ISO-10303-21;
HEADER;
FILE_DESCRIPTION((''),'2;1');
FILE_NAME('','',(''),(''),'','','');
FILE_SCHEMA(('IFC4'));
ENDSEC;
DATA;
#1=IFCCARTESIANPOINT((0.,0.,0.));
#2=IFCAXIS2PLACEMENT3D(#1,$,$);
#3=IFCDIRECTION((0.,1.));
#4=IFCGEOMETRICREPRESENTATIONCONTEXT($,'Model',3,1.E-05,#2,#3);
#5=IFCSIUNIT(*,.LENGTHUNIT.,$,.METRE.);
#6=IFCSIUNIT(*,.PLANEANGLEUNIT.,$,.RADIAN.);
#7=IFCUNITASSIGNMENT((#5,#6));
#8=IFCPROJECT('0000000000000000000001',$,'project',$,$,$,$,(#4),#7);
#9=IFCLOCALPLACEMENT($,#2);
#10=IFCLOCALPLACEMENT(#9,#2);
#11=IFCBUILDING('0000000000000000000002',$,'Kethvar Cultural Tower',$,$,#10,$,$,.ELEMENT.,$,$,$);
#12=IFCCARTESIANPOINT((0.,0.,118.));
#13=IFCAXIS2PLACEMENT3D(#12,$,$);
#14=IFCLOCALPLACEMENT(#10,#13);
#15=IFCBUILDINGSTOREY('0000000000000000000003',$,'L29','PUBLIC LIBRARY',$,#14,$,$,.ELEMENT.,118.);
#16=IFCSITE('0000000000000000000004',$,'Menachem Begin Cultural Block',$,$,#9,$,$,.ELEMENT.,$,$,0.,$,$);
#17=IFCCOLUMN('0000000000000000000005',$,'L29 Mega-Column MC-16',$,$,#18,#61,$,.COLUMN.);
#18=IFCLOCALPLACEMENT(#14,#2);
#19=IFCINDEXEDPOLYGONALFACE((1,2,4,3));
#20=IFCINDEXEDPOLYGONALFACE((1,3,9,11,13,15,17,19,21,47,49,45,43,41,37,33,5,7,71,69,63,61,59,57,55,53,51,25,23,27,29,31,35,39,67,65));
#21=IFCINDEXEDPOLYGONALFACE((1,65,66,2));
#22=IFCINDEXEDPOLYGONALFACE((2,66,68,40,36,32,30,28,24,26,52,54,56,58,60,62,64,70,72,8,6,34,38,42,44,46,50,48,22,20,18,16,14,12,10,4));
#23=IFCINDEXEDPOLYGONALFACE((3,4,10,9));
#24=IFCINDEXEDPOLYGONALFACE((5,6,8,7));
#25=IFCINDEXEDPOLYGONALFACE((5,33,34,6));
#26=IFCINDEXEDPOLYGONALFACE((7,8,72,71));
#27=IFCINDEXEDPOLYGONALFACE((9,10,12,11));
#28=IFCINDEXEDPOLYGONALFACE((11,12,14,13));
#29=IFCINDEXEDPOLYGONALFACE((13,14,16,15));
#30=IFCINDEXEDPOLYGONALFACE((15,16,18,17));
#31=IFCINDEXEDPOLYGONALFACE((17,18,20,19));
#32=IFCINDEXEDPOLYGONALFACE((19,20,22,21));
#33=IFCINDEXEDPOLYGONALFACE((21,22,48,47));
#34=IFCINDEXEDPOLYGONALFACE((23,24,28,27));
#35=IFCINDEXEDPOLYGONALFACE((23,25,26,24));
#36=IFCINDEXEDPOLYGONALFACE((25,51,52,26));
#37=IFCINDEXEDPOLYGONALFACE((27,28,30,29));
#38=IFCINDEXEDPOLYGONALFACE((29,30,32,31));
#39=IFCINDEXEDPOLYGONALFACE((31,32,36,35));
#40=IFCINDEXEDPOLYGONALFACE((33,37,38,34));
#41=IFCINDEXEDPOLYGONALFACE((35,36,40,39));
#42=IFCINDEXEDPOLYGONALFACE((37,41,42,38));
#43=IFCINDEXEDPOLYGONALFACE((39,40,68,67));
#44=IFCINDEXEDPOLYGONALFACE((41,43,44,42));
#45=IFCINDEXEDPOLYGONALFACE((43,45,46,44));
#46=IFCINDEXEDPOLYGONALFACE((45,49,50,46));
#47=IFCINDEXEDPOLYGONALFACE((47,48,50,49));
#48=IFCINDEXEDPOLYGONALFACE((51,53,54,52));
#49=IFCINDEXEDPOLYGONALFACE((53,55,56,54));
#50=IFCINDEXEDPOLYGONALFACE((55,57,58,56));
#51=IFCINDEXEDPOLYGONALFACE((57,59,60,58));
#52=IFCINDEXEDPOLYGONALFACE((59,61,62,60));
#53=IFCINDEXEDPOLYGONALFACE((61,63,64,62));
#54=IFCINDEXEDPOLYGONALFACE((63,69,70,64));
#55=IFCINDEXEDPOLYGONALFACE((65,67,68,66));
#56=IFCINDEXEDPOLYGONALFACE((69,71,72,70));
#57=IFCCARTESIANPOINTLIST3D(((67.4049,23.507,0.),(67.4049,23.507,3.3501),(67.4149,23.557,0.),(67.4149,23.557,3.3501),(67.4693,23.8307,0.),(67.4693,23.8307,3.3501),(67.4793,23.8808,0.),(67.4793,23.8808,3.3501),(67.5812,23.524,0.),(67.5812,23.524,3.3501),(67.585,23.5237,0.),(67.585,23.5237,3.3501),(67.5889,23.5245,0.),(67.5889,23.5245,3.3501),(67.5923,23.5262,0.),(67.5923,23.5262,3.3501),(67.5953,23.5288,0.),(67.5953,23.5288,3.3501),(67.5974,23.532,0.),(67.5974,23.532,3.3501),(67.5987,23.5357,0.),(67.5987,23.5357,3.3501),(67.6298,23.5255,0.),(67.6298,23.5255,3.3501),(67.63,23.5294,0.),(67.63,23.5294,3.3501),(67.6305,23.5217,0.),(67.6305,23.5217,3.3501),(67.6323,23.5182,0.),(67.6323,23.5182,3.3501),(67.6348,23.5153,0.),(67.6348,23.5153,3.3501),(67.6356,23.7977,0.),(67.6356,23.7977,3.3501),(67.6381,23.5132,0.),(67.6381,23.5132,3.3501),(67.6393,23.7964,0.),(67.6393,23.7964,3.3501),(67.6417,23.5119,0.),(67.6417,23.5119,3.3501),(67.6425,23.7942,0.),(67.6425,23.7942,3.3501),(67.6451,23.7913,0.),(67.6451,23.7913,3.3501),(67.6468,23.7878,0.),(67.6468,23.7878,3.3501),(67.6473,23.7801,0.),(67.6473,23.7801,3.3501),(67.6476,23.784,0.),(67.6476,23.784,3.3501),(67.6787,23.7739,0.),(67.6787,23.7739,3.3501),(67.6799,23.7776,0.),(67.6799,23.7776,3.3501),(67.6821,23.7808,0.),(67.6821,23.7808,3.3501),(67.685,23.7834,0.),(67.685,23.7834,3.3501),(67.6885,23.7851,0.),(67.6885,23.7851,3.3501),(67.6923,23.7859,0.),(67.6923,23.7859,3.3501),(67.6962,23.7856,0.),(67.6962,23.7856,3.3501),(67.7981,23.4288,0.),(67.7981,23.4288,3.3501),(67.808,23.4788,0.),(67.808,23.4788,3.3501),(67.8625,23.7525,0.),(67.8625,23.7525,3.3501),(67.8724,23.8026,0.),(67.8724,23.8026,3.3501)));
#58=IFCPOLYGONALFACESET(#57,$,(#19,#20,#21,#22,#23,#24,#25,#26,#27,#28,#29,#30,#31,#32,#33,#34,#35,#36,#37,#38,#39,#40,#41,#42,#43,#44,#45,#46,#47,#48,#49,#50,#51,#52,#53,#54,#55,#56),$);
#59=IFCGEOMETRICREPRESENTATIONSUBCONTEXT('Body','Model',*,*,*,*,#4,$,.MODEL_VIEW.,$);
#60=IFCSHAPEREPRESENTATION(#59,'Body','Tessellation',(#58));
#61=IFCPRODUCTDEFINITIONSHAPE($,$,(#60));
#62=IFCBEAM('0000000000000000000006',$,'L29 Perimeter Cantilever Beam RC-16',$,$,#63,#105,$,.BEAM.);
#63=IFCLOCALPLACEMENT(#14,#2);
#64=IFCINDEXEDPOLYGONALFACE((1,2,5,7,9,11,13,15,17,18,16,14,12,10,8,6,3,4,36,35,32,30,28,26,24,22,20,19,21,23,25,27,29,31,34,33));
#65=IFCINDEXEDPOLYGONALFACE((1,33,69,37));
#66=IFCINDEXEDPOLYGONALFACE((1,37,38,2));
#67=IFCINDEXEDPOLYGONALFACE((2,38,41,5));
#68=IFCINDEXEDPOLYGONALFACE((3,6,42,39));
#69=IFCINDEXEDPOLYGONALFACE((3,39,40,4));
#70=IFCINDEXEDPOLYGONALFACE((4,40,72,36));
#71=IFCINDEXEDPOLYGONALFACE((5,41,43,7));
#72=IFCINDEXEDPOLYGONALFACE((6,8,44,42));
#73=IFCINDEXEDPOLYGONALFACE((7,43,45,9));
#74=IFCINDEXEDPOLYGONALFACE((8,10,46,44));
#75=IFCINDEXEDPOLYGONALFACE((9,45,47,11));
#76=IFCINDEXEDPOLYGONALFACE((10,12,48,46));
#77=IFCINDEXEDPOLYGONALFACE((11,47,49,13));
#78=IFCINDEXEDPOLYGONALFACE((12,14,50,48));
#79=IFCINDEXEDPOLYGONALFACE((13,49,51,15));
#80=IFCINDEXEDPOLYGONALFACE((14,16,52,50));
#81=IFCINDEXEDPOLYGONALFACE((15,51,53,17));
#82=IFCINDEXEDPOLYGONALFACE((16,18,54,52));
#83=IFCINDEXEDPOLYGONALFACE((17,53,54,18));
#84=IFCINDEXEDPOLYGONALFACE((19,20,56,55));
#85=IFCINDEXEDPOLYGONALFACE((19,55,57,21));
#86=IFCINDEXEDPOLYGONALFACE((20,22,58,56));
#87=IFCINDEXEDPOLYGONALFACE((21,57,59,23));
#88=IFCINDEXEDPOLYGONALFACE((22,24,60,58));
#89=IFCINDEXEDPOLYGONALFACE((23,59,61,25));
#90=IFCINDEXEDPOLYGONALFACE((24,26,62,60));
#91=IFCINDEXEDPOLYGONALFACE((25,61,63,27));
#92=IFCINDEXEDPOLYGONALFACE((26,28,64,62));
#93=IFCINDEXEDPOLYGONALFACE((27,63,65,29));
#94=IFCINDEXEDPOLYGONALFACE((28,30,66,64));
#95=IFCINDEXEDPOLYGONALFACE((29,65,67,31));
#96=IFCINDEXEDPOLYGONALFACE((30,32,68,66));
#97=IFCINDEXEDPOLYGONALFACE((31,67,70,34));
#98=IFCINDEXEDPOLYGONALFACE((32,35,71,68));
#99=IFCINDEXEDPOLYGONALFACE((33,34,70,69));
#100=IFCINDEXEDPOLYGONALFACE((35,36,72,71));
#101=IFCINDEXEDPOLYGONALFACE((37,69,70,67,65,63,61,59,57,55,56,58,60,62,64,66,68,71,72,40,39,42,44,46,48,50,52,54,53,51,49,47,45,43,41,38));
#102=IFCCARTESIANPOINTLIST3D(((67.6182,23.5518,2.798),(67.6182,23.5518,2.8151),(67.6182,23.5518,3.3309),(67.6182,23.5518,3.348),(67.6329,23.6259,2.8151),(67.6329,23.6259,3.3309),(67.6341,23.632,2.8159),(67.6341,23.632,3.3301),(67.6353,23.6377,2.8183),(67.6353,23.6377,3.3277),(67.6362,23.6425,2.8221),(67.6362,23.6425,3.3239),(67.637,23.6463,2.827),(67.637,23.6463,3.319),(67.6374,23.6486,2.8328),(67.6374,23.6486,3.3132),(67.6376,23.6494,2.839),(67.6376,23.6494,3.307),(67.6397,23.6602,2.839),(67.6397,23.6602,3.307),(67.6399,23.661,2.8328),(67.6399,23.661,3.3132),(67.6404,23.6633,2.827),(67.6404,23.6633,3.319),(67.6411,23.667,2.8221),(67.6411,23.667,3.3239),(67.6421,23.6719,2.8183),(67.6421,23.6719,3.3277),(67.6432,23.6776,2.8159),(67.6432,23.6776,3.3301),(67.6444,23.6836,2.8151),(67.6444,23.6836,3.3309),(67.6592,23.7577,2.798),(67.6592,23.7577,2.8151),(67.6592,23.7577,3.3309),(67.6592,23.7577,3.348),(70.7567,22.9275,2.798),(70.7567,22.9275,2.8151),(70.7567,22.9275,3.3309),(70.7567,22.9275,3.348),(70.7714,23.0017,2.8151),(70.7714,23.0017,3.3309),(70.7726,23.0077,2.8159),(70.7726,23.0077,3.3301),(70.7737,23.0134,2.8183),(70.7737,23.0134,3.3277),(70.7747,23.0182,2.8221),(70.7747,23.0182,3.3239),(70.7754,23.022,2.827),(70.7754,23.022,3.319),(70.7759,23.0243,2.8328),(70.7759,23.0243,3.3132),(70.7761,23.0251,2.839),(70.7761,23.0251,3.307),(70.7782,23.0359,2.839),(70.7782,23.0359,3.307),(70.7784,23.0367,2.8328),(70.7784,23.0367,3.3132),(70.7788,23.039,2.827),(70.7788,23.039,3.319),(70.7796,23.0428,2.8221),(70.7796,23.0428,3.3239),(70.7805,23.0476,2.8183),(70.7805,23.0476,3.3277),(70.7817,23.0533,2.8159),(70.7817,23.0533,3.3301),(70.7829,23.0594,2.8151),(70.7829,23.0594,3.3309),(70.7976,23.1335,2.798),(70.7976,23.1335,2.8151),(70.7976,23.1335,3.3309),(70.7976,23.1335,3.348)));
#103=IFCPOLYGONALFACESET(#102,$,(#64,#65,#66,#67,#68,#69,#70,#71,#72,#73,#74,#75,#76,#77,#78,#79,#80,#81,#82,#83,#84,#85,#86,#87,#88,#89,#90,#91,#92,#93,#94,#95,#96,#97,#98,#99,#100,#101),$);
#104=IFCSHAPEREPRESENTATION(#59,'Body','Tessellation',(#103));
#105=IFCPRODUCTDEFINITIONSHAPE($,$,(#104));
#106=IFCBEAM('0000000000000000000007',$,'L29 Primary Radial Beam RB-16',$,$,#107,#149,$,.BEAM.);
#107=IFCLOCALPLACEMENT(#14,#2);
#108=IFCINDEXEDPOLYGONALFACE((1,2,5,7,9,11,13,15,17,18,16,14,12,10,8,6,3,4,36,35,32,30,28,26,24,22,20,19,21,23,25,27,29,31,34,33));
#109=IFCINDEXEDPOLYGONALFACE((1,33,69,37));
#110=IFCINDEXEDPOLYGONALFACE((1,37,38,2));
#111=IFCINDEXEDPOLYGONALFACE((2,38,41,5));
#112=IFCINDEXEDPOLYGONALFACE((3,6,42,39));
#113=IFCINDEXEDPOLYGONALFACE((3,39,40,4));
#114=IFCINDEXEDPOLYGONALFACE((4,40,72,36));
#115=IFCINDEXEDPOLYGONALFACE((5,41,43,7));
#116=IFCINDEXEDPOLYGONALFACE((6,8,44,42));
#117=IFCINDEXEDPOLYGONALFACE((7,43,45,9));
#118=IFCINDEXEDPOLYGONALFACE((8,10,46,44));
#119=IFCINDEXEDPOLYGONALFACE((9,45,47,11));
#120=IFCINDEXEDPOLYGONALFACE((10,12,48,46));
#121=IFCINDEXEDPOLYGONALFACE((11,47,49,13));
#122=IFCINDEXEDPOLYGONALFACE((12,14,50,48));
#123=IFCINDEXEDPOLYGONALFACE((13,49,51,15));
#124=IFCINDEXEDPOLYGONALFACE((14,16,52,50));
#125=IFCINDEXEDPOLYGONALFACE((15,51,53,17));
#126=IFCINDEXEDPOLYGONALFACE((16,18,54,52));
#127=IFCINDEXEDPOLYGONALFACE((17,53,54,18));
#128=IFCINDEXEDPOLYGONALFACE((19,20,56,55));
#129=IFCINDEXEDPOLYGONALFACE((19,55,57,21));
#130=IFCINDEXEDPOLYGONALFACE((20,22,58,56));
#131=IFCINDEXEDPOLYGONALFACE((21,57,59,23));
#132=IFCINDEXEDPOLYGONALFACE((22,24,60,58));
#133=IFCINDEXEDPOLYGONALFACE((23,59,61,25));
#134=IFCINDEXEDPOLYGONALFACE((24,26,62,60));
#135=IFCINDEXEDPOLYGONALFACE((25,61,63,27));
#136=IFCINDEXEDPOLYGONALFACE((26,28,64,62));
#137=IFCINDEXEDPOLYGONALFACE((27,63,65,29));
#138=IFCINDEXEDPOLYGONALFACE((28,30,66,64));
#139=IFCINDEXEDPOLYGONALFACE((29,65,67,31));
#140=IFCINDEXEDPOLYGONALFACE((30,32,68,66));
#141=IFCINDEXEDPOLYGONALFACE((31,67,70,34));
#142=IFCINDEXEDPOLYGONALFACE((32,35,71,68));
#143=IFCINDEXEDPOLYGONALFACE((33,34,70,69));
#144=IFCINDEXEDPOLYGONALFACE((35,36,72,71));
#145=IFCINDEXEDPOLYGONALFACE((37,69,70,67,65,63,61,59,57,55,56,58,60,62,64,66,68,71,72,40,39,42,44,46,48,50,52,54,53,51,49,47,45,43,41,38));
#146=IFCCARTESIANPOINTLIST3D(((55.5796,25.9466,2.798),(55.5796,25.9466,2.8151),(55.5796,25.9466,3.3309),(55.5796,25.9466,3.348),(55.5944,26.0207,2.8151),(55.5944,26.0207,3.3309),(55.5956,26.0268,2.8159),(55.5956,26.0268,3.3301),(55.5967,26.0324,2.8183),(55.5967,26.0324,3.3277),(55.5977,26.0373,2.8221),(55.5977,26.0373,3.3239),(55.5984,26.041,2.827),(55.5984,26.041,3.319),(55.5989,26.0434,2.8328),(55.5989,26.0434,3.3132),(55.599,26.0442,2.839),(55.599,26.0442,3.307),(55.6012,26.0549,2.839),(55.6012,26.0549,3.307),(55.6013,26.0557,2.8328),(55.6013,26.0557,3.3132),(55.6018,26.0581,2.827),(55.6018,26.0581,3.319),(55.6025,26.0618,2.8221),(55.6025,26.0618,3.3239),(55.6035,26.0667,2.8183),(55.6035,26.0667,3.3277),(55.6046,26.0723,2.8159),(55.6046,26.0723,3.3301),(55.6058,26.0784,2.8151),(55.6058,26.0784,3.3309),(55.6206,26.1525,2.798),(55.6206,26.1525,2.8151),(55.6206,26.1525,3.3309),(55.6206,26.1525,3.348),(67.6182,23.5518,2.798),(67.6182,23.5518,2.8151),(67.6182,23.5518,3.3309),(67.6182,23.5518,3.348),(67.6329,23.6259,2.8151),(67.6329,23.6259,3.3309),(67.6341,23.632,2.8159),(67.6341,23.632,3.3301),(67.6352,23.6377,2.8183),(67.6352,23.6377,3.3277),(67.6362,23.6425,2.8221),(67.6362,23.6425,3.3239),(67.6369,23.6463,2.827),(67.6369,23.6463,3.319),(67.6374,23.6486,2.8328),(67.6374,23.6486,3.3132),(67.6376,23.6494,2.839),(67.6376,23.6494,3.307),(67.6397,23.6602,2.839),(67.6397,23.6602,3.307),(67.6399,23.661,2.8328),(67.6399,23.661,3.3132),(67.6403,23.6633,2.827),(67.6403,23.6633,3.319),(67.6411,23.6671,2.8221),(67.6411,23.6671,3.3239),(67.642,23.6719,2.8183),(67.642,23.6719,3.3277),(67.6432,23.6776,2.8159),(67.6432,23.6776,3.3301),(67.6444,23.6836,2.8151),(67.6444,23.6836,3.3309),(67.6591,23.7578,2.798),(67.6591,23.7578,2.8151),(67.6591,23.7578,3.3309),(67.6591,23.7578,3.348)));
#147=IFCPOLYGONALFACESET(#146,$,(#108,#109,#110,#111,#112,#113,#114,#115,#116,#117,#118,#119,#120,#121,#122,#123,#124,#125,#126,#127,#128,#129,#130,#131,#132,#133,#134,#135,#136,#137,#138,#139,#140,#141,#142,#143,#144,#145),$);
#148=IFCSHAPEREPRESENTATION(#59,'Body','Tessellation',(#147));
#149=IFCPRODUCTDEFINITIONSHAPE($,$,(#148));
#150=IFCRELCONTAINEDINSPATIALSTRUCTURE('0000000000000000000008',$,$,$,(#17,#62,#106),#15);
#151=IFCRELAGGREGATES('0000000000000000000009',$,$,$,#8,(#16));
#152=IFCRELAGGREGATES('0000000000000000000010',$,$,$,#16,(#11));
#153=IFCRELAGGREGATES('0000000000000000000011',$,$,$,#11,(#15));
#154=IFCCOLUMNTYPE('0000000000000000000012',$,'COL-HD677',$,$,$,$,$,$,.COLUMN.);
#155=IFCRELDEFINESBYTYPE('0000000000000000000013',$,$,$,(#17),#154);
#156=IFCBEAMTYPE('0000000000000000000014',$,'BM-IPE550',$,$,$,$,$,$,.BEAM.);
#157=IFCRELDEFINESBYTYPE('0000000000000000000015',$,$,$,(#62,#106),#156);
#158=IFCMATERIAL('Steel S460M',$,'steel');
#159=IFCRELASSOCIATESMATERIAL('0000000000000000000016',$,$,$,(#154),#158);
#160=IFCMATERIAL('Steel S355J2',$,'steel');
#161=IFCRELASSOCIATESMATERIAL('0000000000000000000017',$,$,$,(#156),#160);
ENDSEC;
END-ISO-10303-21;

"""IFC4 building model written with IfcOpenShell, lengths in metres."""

from ifc_helpers import new_model, si_unit, direction, frame, origin, origin_2d, place, context, subcontext, project, spatial, i_section, extrude, source, transform, mapped, material, material_profile, profile_set, type_object, element, save


model = new_model("IFC4")

# Units and contexts
model_context = context("Model", 3, precision=1e-05, world=origin(), true_north=direction((0.0, 1.0)))
body_context = subcontext(model_context, "Body", "Model", "MODEL_VIEW")
ifc_project = project(units=[si_unit("LENGTHUNIT", "METRE"), si_unit("PLANEANGLEUNIT", "RADIAN")], contexts=[model_context])

# Site, building, storey
site_placement = place(None, origin())
site = spatial("IfcSite", under=ifc_project, at=site_placement, Name="Menachem Begin Cultural Block", CompositionType="ELEMENT", RefElevation=0.0)
building_placement = place(site_placement, origin())
building = spatial("IfcBuilding", under=site, at=building_placement, Name="Kethvar Cultural Tower", CompositionType="ELEMENT")
storey_placement = place(building_placement, frame((0.0, 0.0, 118.0)))
storey = spatial("IfcBuildingStorey", under=building, at=storey_placement, Name="L29", Description="PUBLIC LIBRARY", CompositionType="ELEMENT", Elevation=118.0)

# Column
ifc_material_1 = material(Name="Steel S460M", Category="steel")
ifc_material_profile_1 = material_profile(ifc_material_1, i_section(OverallWidth=0.4009, OverallDepth=0.3811, WebThickness=0.032, FlangeThickness=0.051, FilletRadius=0.0149, at=origin_2d()), Name="Steel S460M — HD400x677")
ifc_profile_set_1 = profile_set([ifc_material_profile_1], Name="Steel S460M — HD400x677")
column_type = type_object("IfcColumnType", Name="COL-HD677", PredefinedType="COLUMN", material=ifc_profile_set_1)
shared_shape_1 = source(origin(), body_context, "Body", "SweptSolid", [
    extrude(i_section(OverallWidth=0.4009, OverallDepth=0.3811, WebThickness=0.032, FlangeThickness=0.051, FilletRadius=0.0149, at=origin_2d()), origin(), (0.0, 0.0, 1.0), 3.3501),
])
column_placement = place(storey_placement, frame((67.6387, 23.6548, 0.0), z_axis=(0.0, 0.0, 1.0), x_axis=(0.980785, -0.19509, 0.0)))
element("IfcColumn", 1, at=column_placement, inside=storey, type_object=column_type, Name="L29 Mega-Column MC-16", PredefinedType="COLUMN", context=body_context, shape_type="MappedRepresentation", body=[
    mapped(shared_shape_1, transform((0.0, 0.0, 0.0), scale=1.0)),
])

# Beams
ifc_material_2 = material(Name="Steel S355J2", Category="steel")
ifc_material_profile_2 = material_profile(ifc_material_2, i_section(OverallWidth=0.21, OverallDepth=0.55, WebThickness=0.011, FlangeThickness=0.0171, FilletRadius=0.0239, at=origin_2d()), Name="Steel S355J2 — IPE550")
ifc_profile_set_2 = profile_set([ifc_material_profile_2], Name="Steel S355J2 — IPE550")
beam_type_1 = type_object("IfcBeamType", Name="BM-IPE550", PredefinedType="BEAM", material=ifc_profile_set_2)
shared_shape_2 = source(origin(), body_context, "Body", "SweptSolid", [
    extrude(i_section(OverallWidth=0.21, OverallDepth=0.55, WebThickness=0.011, FlangeThickness=0.0171, FilletRadius=0.0239, at=origin_2d()), origin(), (0.0, 0.0, 1.0), 3.2),
])
beam_1_placement = place(storey_placement, frame((67.6387, 23.6548, 3.073), z_axis=(0.980786, -0.195089, 0.0), x_axis=(0.195089, 0.980786, 0.0)))
element("IfcBeam", 2, at=beam_1_placement, inside=storey, type_object=beam_type_1, Name="L29 Perimeter Cantilever Beam RC-16", PredefinedType="BEAM", context=body_context, shape_type="MappedRepresentation", body=[
    mapped(shared_shape_2, transform((0.0, 0.0, 0.0), scale=1.0)),
])
shared_shape_3 = source(origin(), body_context, "Body", "SweptSolid", [
    extrude(i_section(OverallWidth=0.21, OverallDepth=0.55, WebThickness=0.011, FlangeThickness=0.0171, FilletRadius=0.0239, at=origin_2d()), origin(), (0.0, 0.0, 1.0), 12.2744),
])
beam_2_placement = place(storey_placement, frame((55.6001, 26.0496, 3.073), z_axis=(0.980783, -0.195102, 0.0), x_axis=(0.195102, 0.980783, 0.0)))
element("IfcBeam", 3, at=beam_2_placement, inside=storey, type_object=beam_type_1, Name="L29 Primary Radial Beam RB-16", PredefinedType="BEAM", context=body_context, shape_type="MappedRepresentation", body=[
    mapped(shared_shape_3, transform((0.0, 0.0, 0.0), scale=1.0)),
])

save(model, "model.ifc")
